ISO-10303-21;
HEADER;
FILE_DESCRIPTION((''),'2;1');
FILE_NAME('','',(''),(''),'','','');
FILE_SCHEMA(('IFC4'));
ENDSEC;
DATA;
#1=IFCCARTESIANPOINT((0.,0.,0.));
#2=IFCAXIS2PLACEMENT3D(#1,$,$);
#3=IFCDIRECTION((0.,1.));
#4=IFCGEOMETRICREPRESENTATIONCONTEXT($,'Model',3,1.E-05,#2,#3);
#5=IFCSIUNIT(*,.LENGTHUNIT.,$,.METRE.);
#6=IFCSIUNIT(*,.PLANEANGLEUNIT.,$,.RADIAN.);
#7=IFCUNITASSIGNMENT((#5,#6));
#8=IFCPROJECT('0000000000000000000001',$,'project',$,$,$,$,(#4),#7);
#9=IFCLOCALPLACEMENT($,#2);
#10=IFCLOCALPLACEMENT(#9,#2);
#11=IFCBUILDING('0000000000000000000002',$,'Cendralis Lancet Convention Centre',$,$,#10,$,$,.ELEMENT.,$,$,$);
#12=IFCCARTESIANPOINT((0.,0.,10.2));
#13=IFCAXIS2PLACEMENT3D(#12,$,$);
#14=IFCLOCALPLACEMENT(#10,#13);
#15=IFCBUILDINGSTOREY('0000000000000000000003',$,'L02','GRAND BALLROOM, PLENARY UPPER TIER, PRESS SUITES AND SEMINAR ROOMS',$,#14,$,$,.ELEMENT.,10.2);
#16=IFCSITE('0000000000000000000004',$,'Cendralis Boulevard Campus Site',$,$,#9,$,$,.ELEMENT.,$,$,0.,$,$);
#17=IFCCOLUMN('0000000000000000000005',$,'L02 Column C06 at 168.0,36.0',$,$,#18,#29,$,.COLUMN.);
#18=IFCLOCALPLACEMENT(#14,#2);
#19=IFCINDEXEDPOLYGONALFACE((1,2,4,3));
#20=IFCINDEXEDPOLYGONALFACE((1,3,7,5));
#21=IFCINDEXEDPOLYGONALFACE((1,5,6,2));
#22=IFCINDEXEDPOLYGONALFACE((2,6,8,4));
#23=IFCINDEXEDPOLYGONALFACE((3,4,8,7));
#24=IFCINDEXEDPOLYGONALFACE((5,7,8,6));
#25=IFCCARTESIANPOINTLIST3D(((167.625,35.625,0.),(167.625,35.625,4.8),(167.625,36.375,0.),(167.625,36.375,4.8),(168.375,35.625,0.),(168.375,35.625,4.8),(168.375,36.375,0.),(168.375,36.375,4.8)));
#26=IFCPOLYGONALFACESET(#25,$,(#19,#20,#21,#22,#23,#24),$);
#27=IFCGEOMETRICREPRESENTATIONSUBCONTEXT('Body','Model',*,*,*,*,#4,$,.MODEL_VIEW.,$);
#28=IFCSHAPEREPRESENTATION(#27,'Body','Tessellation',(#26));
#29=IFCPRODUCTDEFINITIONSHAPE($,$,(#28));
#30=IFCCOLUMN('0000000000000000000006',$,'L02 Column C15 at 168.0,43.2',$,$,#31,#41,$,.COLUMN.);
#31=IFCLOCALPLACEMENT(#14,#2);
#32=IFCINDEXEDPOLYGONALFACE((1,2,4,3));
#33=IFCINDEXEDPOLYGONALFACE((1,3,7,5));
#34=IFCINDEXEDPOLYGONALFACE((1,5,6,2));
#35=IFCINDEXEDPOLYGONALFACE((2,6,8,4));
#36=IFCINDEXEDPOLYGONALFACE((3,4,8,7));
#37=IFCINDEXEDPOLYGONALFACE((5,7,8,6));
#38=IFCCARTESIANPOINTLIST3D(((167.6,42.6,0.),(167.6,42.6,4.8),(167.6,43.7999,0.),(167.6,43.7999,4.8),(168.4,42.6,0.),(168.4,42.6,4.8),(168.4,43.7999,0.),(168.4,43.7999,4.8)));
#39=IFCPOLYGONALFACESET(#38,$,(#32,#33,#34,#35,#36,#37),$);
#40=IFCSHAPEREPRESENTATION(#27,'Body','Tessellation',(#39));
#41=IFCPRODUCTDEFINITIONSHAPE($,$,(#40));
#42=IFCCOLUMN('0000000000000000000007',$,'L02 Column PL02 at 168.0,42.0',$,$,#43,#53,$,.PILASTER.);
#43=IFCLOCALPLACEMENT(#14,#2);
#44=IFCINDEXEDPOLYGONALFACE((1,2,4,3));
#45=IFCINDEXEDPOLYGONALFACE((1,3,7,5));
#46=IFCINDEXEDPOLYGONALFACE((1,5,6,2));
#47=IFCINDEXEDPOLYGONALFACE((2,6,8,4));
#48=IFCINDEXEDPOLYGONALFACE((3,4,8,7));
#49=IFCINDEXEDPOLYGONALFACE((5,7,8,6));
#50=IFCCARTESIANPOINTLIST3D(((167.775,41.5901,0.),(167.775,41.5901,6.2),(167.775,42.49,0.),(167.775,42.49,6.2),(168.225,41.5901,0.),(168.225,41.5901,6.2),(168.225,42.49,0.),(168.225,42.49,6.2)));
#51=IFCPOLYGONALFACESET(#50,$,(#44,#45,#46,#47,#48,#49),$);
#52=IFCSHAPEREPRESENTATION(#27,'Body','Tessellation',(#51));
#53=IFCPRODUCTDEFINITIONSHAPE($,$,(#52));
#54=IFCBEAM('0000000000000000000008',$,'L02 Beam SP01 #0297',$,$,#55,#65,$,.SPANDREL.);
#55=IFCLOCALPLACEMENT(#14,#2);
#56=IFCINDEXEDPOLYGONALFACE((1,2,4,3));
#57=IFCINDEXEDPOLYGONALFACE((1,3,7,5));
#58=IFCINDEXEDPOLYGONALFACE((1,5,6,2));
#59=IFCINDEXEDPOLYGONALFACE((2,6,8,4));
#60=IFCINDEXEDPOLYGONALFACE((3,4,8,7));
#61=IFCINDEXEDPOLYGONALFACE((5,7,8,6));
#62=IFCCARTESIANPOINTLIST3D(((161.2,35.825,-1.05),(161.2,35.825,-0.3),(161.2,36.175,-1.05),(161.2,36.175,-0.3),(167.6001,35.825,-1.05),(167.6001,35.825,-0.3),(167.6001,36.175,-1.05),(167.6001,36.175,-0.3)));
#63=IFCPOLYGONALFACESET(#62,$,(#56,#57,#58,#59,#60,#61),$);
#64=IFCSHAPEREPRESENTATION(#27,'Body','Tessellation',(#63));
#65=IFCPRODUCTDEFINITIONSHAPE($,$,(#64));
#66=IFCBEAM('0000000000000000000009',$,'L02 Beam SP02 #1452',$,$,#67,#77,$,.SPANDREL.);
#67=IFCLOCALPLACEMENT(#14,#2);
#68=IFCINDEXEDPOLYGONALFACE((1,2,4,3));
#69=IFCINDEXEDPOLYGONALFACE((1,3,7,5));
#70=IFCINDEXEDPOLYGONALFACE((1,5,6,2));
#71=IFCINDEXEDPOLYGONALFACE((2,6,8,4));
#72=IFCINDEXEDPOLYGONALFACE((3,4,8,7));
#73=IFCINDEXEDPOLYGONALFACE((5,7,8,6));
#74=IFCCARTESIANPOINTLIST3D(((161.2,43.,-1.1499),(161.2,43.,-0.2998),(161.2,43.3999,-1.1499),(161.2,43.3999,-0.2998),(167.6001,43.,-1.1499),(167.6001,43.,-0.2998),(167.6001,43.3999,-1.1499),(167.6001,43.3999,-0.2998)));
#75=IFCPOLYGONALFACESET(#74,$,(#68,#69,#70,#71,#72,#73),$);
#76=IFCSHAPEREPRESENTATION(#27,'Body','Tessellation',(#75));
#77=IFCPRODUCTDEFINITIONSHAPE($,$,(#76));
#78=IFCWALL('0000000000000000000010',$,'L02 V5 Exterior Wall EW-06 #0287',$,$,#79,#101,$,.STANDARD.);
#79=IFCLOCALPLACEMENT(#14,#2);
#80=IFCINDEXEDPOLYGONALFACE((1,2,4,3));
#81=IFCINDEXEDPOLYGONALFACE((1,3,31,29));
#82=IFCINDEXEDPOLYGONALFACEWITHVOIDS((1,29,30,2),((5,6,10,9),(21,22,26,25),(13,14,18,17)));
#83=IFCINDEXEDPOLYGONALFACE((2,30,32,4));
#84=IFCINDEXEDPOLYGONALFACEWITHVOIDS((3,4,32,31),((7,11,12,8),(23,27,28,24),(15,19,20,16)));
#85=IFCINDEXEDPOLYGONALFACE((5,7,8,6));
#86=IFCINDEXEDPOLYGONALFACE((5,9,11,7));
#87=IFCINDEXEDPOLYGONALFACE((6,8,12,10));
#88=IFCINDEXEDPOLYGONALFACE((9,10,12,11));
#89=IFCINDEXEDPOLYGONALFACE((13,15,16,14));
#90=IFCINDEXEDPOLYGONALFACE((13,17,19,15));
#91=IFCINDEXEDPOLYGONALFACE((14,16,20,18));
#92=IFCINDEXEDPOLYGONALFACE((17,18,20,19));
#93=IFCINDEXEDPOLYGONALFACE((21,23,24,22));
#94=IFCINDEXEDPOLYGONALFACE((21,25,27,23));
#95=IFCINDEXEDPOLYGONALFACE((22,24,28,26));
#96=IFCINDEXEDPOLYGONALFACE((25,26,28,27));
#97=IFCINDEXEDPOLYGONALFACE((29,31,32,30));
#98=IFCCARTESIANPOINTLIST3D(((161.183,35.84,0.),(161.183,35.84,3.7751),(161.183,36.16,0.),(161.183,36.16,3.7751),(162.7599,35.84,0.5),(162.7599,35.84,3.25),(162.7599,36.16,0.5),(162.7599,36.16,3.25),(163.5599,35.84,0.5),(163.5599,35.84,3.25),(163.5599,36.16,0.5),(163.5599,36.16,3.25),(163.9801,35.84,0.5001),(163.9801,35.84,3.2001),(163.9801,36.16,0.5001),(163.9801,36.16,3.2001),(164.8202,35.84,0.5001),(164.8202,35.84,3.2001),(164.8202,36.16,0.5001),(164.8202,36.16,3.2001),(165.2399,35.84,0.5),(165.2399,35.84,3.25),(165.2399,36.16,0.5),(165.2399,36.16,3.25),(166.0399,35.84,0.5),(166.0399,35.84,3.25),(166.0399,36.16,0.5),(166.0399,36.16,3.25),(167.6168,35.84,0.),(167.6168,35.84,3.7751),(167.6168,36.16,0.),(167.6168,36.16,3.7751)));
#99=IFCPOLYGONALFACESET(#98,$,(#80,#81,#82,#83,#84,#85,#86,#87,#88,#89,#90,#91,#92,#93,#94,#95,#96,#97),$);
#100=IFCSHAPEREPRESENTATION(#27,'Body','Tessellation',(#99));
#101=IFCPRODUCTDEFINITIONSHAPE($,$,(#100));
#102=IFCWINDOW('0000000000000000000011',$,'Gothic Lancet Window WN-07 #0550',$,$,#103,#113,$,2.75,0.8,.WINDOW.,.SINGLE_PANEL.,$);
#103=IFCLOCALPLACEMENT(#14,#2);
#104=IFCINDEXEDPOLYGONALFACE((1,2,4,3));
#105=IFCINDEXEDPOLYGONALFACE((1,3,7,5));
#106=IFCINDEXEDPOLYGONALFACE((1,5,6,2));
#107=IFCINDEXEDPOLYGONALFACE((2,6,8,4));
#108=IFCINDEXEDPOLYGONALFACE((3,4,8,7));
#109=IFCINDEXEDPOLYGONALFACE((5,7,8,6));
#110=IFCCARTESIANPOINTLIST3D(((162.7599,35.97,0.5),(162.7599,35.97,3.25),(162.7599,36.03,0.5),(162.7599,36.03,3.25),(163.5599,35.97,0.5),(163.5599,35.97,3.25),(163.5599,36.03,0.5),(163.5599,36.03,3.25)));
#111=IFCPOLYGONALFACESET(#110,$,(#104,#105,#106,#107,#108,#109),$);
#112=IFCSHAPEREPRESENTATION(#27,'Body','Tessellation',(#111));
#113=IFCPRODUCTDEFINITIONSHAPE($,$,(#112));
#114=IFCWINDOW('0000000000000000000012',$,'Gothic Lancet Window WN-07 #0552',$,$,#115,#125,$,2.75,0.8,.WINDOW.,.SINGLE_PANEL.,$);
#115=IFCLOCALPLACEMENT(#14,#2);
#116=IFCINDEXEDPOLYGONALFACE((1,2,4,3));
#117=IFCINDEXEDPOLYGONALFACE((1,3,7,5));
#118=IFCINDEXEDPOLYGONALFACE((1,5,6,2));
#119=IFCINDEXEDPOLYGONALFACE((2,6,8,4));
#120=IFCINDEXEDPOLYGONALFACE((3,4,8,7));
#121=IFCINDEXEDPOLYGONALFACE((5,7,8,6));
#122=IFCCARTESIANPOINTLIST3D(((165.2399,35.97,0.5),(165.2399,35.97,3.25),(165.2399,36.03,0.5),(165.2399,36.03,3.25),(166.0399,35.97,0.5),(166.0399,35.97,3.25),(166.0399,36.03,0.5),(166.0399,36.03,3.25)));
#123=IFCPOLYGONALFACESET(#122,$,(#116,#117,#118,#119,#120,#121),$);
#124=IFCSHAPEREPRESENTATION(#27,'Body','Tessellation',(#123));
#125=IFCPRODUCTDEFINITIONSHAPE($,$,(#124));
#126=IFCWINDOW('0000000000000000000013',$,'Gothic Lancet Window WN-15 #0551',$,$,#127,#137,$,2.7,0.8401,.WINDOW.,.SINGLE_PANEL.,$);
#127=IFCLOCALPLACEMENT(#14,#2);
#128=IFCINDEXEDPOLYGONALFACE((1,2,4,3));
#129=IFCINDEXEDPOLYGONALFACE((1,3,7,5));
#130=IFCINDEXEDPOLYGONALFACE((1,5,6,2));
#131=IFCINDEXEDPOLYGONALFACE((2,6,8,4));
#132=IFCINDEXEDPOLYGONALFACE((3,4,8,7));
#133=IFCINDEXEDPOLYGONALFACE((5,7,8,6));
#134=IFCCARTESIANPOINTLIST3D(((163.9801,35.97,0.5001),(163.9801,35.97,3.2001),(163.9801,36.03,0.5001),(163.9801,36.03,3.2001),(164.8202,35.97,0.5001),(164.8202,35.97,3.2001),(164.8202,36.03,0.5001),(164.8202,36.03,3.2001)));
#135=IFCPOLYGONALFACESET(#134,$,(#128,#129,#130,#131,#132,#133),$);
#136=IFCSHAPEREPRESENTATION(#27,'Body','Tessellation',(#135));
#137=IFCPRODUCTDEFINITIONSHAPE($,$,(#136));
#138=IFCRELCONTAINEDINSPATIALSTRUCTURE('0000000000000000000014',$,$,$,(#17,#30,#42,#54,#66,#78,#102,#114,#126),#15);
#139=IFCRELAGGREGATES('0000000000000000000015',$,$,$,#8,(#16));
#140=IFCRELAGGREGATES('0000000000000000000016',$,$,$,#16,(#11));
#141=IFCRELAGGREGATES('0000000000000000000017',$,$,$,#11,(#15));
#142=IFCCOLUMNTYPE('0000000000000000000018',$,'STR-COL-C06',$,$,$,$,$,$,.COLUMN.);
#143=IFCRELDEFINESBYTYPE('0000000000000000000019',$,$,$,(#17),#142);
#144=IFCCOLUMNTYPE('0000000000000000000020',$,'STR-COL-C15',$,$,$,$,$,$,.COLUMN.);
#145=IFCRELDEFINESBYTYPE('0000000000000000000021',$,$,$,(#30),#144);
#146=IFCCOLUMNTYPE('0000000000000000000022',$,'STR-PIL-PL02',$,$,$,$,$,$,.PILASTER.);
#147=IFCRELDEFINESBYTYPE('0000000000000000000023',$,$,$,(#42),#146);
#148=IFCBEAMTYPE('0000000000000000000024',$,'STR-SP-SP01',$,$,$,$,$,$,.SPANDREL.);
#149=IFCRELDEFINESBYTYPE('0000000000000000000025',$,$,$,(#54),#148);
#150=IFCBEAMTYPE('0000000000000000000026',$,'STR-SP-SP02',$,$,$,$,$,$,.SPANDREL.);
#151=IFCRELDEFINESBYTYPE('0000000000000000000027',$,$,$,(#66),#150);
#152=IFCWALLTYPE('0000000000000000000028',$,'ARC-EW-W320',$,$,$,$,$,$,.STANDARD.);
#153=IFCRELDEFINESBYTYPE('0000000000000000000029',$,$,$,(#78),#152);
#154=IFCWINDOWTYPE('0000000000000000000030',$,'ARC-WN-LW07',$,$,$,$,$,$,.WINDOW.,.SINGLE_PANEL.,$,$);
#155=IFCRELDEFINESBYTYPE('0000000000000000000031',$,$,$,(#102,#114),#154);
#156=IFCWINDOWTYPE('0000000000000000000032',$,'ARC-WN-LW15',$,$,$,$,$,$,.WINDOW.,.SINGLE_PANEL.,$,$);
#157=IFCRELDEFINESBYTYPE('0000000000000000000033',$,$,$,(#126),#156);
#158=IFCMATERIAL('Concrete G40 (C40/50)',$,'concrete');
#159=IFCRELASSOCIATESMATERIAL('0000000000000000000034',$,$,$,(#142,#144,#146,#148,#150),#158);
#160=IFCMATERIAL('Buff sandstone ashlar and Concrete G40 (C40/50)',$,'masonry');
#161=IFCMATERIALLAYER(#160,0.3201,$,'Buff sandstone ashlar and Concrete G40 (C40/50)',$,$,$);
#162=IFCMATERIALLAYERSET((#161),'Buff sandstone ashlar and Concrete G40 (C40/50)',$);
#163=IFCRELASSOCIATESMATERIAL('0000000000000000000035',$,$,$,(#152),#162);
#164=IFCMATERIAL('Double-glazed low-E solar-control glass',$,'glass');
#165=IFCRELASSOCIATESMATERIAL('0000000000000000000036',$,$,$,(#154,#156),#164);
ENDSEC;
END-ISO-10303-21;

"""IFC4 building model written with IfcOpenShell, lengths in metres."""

from ifc_helpers import new_model, si_unit, direction, frame, frame_2d, origin, origin_2d, place, context, subcontext, project, spatial, rectangle, extrude, material, layer, layer_set, material_profile, profile_set, type_object, element, fill, save


model = new_model("IFC4")

# Units and contexts
model_context = context("Model", 3, precision=1e-05, world=origin(), true_north=direction((0.0, 1.0)))
body_context = subcontext(model_context, "Body", "Model", "MODEL_VIEW")
ifc_project = project(units=[si_unit("LENGTHUNIT", "METRE"), si_unit("PLANEANGLEUNIT", "RADIAN")], contexts=[model_context])

# Site, building, storey
site_placement = place(None, origin())
site = spatial("IfcSite", under=ifc_project, at=site_placement, Name="Cendralis Boulevard Campus Site", CompositionType="ELEMENT", RefElevation=0.0)
building_placement = place(site_placement, origin())
building = spatial("IfcBuilding", under=site, at=building_placement, Name="Cendralis Lancet Convention Centre", CompositionType="ELEMENT")
storey_placement = place(building_placement, frame((0.0, 0.0, 10.2)))
storey = spatial("IfcBuildingStorey", under=building, at=storey_placement, Name="L02", Description="GRAND BALLROOM, PLENARY UPPER TIER, PRESS SUITES AND SEMINAR ROOMS", CompositionType="ELEMENT", Elevation=10.2)

# Columns
ifc_material_1 = material(Name="Concrete G40 (C40/50)", Category="concrete")
ifc_material_profile_1 = material_profile(ifc_material_1, rectangle(XDim=0.75, YDim=0.75, at=origin_2d()), Name="RC 750x750")
ifc_profile_set_1 = profile_set([ifc_material_profile_1], Name="Concrete G40 (C40/50)")
column_type_1 = type_object("IfcColumnType", Name="STR-COL-C06", PredefinedType="COLUMN", material=ifc_profile_set_1)
column_1_placement = place(storey_placement, frame((168.0, 36.0, 0.0), z_axis=(0.0, 0.0, 1.0), x_axis=(1.0, 0.0, 0.0)))
element("IfcColumn", 1, at=column_1_placement, inside=storey, type_object=column_type_1, Name="L02 Column C06 at 168.0,36.0", PredefinedType="COLUMN", context=body_context, shape_type="SweptSolid", body=[
    extrude(rectangle(XDim=0.75, YDim=0.75, at=origin_2d()), origin(), (0.0, 0.0, 1.0), 4.8),
])
ifc_material_profile_2 = material_profile(ifc_material_1, rectangle(XDim=0.8, YDim=1.2, at=origin_2d()), Name="RC 800x1200")
ifc_profile_set_2 = profile_set([ifc_material_profile_2], Name="Concrete G40 (C40/50)")
column_type_2 = type_object("IfcColumnType", Name="STR-COL-C15", PredefinedType="COLUMN", material=ifc_profile_set_2)
column_2_placement = place(storey_placement, frame((168.0, 43.2, 0.0), z_axis=(0.0, 0.0, 1.0), x_axis=(1.0, 0.0, 0.0)))
element("IfcColumn", 2, at=column_2_placement, inside=storey, type_object=column_type_2, Name="L02 Column C15 at 168.0,43.2", PredefinedType="COLUMN", context=body_context, shape_type="SweptSolid", body=[
    extrude(rectangle(XDim=0.8, YDim=1.2, at=origin_2d()), origin(), (0.0, 0.0, 1.0), 4.8),
])
ifc_material_profile_3 = material_profile(ifc_material_1, rectangle(XDim=0.45, YDim=0.8999, at=origin_2d()), Name="RC 450x900")
ifc_profile_set_3 = profile_set([ifc_material_profile_3], Name="Concrete G40 (C40/50)")
column_type_3 = type_object("IfcColumnType", Name="STR-PIL-PL02", PredefinedType="PILASTER", material=ifc_profile_set_3)
column_3_placement = place(storey_placement, frame((168.0, 42.04, 0.0), z_axis=(0.0, 0.0, 1.0), x_axis=(1.0, 0.0, 0.0)))
element("IfcColumn", 3, at=column_3_placement, inside=storey, type_object=column_type_3, Name="L02 Column PL02 at 168.0,42.0", PredefinedType="PILASTER", context=body_context, shape_type="SweptSolid", body=[
    extrude(rectangle(XDim=0.45, YDim=0.8999, at=origin_2d()), origin(), (0.0, 0.0, 1.0), 6.2),
])

# Beams
ifc_material_profile_4 = material_profile(ifc_material_1, rectangle(XDim=0.3501, YDim=0.75, at=origin_2d()), Name="RCB 350x750")
ifc_profile_set_4 = profile_set([ifc_material_profile_4], Name="Concrete G40 (C40/50)")
beam_type_1 = type_object("IfcBeamType", Name="STR-SP-SP01", PredefinedType="SPANDREL", material=ifc_profile_set_4)
beam_1_placement = place(storey_placement, frame((161.2, 36.0, -0.675), z_axis=(1.0, 0.0, 0.0), x_axis=(0.0, 1.0, 0.0)))
element("IfcBeam", 4, at=beam_1_placement, inside=storey, type_object=beam_type_1, Name="L02 Beam SP01 #0297", PredefinedType="SPANDREL", context=body_context, shape_type="SweptSolid", body=[
    extrude(rectangle(XDim=0.3501, YDim=0.75, at=origin_2d()), origin(), (0.0, 0.0, 1.0), 6.4001),
])
ifc_material_profile_5 = material_profile(ifc_material_1, rectangle(XDim=0.3999, YDim=0.8501, at=origin_2d()), Name="RCB 400x850")
ifc_profile_set_5 = profile_set([ifc_material_profile_5], Name="Concrete G40 (C40/50)")
beam_type_2 = type_object("IfcBeamType", Name="STR-SP-SP02", PredefinedType="SPANDREL", material=ifc_profile_set_5)
beam_2_placement = place(storey_placement, frame((161.2, 43.2, -0.7249), z_axis=(1.0, 0.0, 0.0), x_axis=(0.0, 1.0, 0.0)))
element("IfcBeam", 5, at=beam_2_placement, inside=storey, type_object=beam_type_2, Name="L02 Beam SP02 #1452", PredefinedType="SPANDREL", context=body_context, shape_type="SweptSolid", body=[
    extrude(rectangle(XDim=0.3999, YDim=0.8501, at=origin_2d()), origin(), (0.0, 0.0, 1.0), 6.4001),
])

# Wall, openings, windows
ifc_material_2 = material(Name="Buff sandstone ashlar and Concrete G40 (C40/50)", Category="masonry")
ifc_layer_1 = layer(ifc_material_2, 0.3201, Name="Buff sandstone ashlar and Concrete G40 (C40/50)")
ifc_layer_set_1 = layer_set([ifc_layer_1], Name="Buff sandstone ashlar and Concrete G40 (C40/50)")
wall_type_1 = type_object("IfcWallType", Name="ARC-EW-W320", PredefinedType="STANDARD", material=ifc_layer_set_1)
wall_1_placement = place(storey_placement, frame((161.1831, 36.0, 0.0), z_axis=(0.0, 0.0, 1.0), x_axis=(1.0, 0.0, 0.0)))
wall_1 = element("IfcWall", 6, at=wall_1_placement, inside=storey, type_object=wall_type_1, Name="L02 V5 Exterior Wall EW-06 #0287", PredefinedType="STANDARD", context=body_context, shape_type="SweptSolid", body=[
    extrude(rectangle(XDim=6.4338, YDim=0.3201, at=frame_2d((3.2168, 0.0))), origin(), (0.0, 0.0, 1.0), 3.7751),
])
opening_1_placement = place(wall_1_placement, frame((1.5769, 0.0, 0.5)))
opening_1 = element("IfcOpeningElement", 7, at=opening_1_placement, cuts=wall_1, PredefinedType="OPENING", context=body_context, shape_type="SweptSolid", body=[
    extrude(rectangle(XDim=0.8, YDim=2.75, at=frame_2d((0.3999, 1.375))), frame((0.0, 0.1699, 0.0), z_axis=(0.0, -1.0, 0.0), x_axis=(1.0, 0.0, 0.0)), (0.0, 0.0, 1.0), 0.3401),
])
opening_2_placement = place(wall_1_placement, frame((2.7971, 0.0, 0.5)))
opening_2 = element("IfcOpeningElement", 8, at=opening_2_placement, cuts=wall_1, PredefinedType="OPENING", context=body_context, shape_type="SweptSolid", body=[
    extrude(rectangle(XDim=0.8401, YDim=2.7, at=frame_2d((0.4199, 1.3501))), frame((0.0, 0.1699, 0.0), z_axis=(0.0, -1.0, 0.0), x_axis=(1.0, 0.0, 0.0)), (0.0, 0.0, 1.0), 0.3401),
])
opening_3_placement = place(wall_1_placement, frame((4.0569, 0.0, 0.5)))
opening_3 = element("IfcOpeningElement", 9, at=opening_3_placement, cuts=wall_1, PredefinedType="OPENING", context=body_context, shape_type="SweptSolid", body=[
    extrude(rectangle(XDim=0.8, YDim=2.75, at=frame_2d((0.3999, 1.375))), frame((0.0, 0.1699, 0.0), z_axis=(0.0, -1.0, 0.0), x_axis=(1.0, 0.0, 0.0)), (0.0, 0.0, 1.0), 0.3401),
])
ifc_material_3 = material(Name="Double-glazed low-E solar-control glass", Category="glass")
window_type_1 = type_object("IfcWindowType", Name="ARC-WN-LW07", PartitioningType="SINGLE_PANEL", PredefinedType="WINDOW", material=ifc_material_3)
window_1_placement = place(opening_1_placement, origin())
window_1 = element("IfcWindow", 10, at=window_1_placement, inside=storey, type_object=window_type_1, Name="Gothic Lancet Window WN-07 #0550", OverallHeight=2.75, OverallWidth=0.8, PartitioningType="SINGLE_PANEL", PredefinedType="WINDOW", context=body_context, shape_type="SweptSolid", body=[
    extrude(rectangle(XDim=0.8, YDim=2.75, at=frame_2d((0.3999, 1.375))), frame((0.0, 0.03, 0.0), z_axis=(0.0, -1.0, 0.0), x_axis=(1.0, 0.0, 0.0)), (0.0, 0.0, 1.0), 0.0601),
])
fill(opening_1, window_1)
window_2_placement = place(opening_3_placement, origin())
window_2 = element("IfcWindow", 11, at=window_2_placement, inside=storey, type_object=window_type_1, Name="Gothic Lancet Window WN-07 #0552", OverallHeight=2.75, OverallWidth=0.8, PartitioningType="SINGLE_PANEL", PredefinedType="WINDOW", context=body_context, shape_type="SweptSolid", body=[
    extrude(rectangle(XDim=0.8, YDim=2.75, at=frame_2d((0.3999, 1.375))), frame((0.0, 0.03, 0.0), z_axis=(0.0, -1.0, 0.0), x_axis=(1.0, 0.0, 0.0)), (0.0, 0.0, 1.0), 0.0601),
])
fill(opening_3, window_2)
window_type_2 = type_object("IfcWindowType", Name="ARC-WN-LW15", PartitioningType="SINGLE_PANEL", PredefinedType="WINDOW", material=ifc_material_3)
window_3_placement = place(opening_2_placement, origin())
window_3 = element("IfcWindow", 12, at=window_3_placement, inside=storey, type_object=window_type_2, Name="Gothic Lancet Window WN-15 #0551", OverallHeight=2.7, OverallWidth=0.8401, PartitioningType="SINGLE_PANEL", PredefinedType="WINDOW", context=body_context, shape_type="SweptSolid", body=[
    extrude(rectangle(XDim=0.8401, YDim=2.7, at=frame_2d((0.4199, 1.3501))), frame((0.0, 0.03, 0.0), z_axis=(0.0, -1.0, 0.0), x_axis=(1.0, 0.0, 0.0)), (0.0, 0.0, 1.0), 0.0601),
])
fill(opening_2, window_3)

save(model, "model.ifc")
